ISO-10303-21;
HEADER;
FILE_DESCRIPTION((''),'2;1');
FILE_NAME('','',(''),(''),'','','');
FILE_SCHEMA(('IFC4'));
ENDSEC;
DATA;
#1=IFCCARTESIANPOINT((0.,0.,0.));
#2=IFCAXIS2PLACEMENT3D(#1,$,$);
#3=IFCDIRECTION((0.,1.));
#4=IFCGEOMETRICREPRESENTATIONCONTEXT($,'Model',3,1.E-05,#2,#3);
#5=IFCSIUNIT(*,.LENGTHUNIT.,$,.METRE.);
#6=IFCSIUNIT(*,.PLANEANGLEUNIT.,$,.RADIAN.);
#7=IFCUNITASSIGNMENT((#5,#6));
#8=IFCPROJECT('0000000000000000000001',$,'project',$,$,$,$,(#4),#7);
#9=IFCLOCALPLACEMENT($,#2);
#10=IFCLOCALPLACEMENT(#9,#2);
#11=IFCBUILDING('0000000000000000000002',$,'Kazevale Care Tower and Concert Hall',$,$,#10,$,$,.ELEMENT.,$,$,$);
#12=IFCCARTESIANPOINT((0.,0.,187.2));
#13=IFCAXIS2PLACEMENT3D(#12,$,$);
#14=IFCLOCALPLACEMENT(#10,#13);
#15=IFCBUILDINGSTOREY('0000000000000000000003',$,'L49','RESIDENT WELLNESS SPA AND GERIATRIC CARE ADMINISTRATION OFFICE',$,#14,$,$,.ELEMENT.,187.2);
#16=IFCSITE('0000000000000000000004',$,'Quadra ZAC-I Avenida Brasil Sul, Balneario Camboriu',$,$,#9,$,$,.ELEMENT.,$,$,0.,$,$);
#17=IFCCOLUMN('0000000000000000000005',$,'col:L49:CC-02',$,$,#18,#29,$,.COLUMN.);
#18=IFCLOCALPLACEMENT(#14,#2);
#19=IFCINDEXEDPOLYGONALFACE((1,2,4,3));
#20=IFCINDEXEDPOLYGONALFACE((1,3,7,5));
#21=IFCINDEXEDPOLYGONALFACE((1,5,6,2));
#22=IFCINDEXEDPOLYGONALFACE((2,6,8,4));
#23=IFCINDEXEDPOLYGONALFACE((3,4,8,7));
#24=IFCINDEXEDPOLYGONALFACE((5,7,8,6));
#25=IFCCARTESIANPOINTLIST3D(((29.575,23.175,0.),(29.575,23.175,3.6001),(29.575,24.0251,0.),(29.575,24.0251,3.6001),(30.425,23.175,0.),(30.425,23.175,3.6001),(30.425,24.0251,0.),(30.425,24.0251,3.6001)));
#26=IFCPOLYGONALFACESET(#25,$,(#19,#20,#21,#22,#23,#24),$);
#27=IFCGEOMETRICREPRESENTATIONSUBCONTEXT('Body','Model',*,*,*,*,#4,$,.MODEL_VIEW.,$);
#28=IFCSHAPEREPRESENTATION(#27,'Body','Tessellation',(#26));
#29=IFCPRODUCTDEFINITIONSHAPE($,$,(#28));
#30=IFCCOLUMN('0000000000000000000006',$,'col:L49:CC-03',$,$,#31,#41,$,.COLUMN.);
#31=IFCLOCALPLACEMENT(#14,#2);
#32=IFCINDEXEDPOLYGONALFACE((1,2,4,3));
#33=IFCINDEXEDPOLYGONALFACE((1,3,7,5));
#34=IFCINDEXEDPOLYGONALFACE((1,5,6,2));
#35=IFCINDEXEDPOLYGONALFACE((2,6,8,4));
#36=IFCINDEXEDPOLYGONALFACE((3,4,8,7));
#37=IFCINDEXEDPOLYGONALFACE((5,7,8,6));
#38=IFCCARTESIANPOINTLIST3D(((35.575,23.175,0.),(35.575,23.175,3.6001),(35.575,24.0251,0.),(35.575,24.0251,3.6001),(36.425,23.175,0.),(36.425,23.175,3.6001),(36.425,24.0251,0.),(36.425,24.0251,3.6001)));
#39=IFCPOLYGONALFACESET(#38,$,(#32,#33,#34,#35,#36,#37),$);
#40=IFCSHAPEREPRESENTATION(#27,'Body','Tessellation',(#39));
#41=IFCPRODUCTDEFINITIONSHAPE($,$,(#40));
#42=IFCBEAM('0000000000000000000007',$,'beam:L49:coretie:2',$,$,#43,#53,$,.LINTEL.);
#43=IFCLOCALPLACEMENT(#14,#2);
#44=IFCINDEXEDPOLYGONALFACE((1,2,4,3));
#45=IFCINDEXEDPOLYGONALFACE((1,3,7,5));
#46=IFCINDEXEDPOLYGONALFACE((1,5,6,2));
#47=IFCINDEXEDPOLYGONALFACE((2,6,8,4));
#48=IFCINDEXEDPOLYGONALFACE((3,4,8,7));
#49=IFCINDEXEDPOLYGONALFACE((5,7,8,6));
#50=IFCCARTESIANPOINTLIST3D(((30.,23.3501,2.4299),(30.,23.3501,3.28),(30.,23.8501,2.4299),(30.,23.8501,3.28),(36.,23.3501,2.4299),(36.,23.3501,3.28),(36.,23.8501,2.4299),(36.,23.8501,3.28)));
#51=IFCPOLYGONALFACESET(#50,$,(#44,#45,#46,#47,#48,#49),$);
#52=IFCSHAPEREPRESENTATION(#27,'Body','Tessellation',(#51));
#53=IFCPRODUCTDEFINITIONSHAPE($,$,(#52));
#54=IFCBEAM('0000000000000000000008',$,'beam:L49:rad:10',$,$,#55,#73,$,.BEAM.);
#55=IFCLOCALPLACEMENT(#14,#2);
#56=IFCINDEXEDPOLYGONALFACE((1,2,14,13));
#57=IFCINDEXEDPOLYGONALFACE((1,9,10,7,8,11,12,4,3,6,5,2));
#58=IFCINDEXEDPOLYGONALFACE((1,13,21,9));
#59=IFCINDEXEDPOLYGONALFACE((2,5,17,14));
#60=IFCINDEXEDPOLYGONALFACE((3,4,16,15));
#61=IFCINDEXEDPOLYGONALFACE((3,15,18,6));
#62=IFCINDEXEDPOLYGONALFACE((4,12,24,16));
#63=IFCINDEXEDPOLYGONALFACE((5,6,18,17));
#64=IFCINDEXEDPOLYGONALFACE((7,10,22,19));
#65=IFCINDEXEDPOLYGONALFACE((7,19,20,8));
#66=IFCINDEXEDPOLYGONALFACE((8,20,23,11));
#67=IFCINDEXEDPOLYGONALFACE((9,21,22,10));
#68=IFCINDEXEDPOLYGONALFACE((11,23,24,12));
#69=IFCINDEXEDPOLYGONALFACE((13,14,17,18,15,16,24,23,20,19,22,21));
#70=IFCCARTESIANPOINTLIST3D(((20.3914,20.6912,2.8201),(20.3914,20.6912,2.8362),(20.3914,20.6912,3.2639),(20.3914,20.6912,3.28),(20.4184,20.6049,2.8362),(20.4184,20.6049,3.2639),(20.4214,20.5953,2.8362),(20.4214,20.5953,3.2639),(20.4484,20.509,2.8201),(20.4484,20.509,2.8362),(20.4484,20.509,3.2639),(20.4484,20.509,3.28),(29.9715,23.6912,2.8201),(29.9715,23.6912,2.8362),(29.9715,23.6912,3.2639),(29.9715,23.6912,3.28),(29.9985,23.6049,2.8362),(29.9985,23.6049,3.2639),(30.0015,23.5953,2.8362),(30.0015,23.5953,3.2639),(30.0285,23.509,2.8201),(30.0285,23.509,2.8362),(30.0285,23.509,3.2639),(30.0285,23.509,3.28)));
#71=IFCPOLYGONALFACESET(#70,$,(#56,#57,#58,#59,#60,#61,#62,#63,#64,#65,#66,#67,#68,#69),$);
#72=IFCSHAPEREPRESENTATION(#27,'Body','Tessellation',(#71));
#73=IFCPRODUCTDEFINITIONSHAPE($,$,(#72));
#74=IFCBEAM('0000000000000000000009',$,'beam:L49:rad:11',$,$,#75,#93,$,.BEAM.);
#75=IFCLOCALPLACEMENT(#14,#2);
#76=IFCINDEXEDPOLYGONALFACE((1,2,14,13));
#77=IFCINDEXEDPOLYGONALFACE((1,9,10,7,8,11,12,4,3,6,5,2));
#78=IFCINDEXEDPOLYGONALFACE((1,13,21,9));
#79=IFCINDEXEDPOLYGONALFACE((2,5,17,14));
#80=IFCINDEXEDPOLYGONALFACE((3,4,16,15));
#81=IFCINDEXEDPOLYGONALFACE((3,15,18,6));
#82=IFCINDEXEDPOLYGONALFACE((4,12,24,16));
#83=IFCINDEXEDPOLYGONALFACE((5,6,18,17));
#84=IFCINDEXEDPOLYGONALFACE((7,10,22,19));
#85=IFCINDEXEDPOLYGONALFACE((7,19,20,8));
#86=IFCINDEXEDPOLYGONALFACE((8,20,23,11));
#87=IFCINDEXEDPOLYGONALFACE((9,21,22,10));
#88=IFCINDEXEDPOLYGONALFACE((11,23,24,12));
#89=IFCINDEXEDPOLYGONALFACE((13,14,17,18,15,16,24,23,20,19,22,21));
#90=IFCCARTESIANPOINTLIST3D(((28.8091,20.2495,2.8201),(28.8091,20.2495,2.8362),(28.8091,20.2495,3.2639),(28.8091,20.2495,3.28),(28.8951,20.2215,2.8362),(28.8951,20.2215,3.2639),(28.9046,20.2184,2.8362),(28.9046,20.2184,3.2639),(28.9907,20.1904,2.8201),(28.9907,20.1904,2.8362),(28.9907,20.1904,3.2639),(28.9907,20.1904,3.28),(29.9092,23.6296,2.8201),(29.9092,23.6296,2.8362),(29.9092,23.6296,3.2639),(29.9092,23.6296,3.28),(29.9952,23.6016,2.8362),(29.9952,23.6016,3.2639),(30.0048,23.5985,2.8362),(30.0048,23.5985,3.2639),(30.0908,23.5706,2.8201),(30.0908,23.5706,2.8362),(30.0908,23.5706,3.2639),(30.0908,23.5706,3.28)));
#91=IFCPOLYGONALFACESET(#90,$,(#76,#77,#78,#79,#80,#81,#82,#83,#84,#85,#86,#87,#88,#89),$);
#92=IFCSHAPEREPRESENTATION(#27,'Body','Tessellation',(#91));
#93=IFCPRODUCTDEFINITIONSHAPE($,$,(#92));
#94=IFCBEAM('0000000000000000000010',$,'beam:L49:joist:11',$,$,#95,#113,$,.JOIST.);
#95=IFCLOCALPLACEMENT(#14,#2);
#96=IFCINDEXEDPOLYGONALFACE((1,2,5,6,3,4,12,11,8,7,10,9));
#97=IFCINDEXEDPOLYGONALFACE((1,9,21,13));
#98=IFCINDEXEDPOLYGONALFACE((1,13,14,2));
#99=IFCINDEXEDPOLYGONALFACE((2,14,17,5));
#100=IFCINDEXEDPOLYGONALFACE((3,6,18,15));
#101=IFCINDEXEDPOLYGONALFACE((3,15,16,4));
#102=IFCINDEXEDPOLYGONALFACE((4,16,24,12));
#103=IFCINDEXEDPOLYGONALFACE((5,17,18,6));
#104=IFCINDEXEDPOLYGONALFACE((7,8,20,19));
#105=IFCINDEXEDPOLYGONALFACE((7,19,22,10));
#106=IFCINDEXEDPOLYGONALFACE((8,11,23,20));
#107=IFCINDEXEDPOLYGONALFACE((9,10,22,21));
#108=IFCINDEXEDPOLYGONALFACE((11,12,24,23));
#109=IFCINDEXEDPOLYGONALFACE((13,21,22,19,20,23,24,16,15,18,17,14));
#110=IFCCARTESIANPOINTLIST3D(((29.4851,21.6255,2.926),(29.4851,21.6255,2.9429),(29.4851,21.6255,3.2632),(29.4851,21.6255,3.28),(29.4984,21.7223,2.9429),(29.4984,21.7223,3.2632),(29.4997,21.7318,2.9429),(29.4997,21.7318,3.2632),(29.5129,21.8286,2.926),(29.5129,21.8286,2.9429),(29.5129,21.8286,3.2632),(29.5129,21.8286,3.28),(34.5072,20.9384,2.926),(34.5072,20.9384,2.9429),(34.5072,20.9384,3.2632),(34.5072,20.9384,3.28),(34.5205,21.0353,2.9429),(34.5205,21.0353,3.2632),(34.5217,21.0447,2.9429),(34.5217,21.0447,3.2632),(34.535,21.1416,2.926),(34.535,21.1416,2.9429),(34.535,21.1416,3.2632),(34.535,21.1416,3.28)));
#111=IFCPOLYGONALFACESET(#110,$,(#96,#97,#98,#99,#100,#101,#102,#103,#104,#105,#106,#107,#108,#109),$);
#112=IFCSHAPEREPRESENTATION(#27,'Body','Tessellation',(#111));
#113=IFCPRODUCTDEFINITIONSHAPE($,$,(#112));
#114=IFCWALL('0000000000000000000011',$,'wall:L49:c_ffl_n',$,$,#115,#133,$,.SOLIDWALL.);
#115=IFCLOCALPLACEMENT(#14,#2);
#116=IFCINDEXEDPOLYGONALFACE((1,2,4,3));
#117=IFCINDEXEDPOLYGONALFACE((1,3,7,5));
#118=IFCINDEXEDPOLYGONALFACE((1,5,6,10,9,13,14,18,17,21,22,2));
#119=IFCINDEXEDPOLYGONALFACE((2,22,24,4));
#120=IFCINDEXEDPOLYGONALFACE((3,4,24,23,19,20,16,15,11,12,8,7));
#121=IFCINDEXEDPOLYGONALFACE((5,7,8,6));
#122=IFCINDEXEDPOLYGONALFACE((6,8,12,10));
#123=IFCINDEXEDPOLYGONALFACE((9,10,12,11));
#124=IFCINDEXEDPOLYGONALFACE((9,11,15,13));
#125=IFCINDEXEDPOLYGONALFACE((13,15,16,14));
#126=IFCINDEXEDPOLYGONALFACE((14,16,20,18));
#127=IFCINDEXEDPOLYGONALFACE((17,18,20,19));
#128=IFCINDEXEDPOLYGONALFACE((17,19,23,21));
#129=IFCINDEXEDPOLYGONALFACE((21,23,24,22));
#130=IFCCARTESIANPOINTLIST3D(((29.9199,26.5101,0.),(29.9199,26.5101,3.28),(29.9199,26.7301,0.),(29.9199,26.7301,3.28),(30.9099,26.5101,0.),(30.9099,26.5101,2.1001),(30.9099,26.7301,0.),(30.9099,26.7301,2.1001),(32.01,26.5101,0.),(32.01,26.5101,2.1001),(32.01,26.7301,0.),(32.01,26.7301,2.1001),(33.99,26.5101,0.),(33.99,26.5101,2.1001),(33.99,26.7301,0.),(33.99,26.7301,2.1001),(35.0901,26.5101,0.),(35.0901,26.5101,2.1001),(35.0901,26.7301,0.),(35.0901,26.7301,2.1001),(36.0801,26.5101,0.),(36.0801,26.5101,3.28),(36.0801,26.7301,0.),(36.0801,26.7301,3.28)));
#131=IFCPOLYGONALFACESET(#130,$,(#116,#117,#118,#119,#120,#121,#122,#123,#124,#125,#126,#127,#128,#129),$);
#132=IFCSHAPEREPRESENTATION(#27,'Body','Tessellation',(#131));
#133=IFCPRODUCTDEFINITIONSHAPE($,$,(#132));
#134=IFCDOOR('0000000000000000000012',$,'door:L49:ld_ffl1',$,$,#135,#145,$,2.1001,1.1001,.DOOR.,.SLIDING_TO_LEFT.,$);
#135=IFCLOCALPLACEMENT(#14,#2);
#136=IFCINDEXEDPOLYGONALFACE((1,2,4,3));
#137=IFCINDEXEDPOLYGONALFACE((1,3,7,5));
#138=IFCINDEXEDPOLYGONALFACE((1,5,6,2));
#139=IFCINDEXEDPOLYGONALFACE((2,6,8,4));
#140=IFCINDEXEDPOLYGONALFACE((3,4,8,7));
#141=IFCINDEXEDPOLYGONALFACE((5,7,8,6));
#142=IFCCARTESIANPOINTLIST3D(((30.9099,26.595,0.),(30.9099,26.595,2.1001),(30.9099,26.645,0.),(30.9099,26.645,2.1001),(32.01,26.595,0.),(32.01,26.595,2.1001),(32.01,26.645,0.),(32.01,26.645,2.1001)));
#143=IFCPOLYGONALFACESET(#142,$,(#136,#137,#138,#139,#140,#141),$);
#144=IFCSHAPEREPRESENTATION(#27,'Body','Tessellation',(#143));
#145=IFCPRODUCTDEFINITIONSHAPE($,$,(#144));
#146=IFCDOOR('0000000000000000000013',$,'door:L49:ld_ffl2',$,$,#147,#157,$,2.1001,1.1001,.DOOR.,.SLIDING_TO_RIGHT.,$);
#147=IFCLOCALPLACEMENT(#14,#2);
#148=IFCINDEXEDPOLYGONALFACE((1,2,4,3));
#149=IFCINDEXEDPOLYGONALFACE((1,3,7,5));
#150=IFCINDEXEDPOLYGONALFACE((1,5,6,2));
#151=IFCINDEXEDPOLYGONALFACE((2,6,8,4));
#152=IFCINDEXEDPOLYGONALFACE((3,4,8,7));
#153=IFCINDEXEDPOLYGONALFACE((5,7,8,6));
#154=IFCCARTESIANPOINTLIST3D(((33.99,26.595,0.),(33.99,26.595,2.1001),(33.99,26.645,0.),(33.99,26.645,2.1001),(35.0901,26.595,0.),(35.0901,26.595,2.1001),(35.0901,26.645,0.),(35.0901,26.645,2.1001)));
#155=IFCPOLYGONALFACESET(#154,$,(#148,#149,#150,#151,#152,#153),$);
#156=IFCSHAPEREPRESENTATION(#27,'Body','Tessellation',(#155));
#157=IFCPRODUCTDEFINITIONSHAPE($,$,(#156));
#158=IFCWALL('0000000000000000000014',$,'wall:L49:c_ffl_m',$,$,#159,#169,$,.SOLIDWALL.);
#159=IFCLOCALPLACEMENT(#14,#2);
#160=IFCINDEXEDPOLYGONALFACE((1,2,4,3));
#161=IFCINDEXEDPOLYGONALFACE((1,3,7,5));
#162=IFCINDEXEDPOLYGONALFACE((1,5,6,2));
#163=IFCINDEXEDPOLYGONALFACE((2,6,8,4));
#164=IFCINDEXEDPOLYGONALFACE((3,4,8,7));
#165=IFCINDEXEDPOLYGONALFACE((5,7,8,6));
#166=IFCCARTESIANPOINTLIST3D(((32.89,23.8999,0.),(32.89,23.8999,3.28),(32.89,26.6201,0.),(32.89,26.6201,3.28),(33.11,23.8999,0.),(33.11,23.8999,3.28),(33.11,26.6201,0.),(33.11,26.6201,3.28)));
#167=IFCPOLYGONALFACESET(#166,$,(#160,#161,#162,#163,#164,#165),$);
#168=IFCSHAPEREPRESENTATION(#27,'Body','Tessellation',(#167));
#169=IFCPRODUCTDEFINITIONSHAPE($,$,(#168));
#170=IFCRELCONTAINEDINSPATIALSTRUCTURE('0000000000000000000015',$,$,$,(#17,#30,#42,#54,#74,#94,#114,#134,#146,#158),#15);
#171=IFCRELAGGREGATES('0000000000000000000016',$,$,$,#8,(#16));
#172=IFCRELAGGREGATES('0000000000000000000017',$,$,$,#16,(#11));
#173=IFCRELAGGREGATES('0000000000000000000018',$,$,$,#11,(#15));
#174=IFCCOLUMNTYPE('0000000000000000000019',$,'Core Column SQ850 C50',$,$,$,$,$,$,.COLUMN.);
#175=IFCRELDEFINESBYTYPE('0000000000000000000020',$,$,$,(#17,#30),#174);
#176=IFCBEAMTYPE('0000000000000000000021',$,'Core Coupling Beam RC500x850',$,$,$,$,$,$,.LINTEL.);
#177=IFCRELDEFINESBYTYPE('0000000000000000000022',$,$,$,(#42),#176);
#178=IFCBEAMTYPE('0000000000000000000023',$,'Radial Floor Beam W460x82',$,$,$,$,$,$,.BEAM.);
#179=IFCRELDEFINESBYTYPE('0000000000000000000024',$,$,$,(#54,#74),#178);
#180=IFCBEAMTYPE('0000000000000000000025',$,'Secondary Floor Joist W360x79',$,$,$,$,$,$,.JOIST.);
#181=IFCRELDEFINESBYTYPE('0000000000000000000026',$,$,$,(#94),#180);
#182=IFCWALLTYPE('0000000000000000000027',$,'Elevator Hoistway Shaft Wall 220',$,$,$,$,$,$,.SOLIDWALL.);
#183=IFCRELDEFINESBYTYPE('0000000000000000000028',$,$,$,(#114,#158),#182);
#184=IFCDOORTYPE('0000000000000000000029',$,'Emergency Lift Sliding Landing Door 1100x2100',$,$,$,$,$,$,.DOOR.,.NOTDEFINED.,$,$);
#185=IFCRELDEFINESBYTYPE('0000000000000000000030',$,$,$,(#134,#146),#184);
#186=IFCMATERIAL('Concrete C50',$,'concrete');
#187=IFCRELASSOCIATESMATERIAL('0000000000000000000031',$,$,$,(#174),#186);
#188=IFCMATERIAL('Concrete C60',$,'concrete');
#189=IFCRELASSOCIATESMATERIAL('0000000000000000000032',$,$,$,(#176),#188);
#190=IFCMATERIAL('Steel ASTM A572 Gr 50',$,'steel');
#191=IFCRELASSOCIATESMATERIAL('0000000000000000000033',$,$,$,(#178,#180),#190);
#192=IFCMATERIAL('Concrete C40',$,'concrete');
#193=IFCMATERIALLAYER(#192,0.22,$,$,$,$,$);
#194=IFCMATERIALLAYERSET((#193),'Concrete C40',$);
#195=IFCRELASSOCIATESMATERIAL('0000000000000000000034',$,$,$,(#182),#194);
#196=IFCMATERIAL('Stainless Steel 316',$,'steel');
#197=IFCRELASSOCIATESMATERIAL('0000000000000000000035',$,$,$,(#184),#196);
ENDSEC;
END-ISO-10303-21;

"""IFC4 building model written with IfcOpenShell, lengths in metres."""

from ifc_helpers import new_model, si_unit, direction, frame, frame_2d, origin, origin_2d, place, context, subcontext, project, spatial, rectangle, i_section, extrude, material, layer, layer_set, material_profile, profile_set, type_object, element, fill, save


model = new_model("IFC4")

# Units and contexts
model_context = context("Model", 3, precision=1e-05, world=origin(), true_north=direction((0.0, 1.0)))
body_context = subcontext(model_context, "Body", "Model", "MODEL_VIEW")
ifc_project = project(units=[si_unit("LENGTHUNIT", "METRE"), si_unit("PLANEANGLEUNIT", "RADIAN")], contexts=[model_context])

# Site, building, storey
site_placement = place(None, origin())
site = spatial("IfcSite", under=ifc_project, at=site_placement, Name="Quadra ZAC-I Avenida Brasil Sul, Balneario Camboriu", CompositionType="ELEMENT", RefElevation=0.0)
building_placement = place(site_placement, origin())
building = spatial("IfcBuilding", under=site, at=building_placement, Name="Kazevale Care Tower and Concert Hall", CompositionType="ELEMENT")
storey_placement = place(building_placement, frame((0.0, 0.0, 187.2)))
storey = spatial("IfcBuildingStorey", under=building, at=storey_placement, Name="L49", Description="RESIDENT WELLNESS SPA AND GERIATRIC CARE ADMINISTRATION OFFICE", CompositionType="ELEMENT", Elevation=187.2)

# Columns
ifc_material_1 = material(Name="Concrete C50", Category="concrete")
ifc_material_profile_1 = material_profile(ifc_material_1, rectangle(XDim=0.8501, YDim=0.8501, at=origin_2d()), Name="RC-SQ850")
ifc_profile_set_1 = profile_set([ifc_material_profile_1], Name="Concrete C50")
column_type = type_object("IfcColumnType", Name="Core Column SQ850 C50", PredefinedType="COLUMN", material=ifc_profile_set_1)
for number, where, z_axis, x_axis, name in (
    (1, (30.0, 23.6001, 0.0), (0.0, 0.0, 1.0), (1.0, 0.0, 0.0), "col:L49:CC-02"),
    (2, (36.0, 23.6001, 0.0), (0.0, 0.0, 1.0), (1.0, 0.0, 0.0), "col:L49:CC-03"),
):
    element("IfcColumn", number, at=place(storey_placement, frame(where, z_axis=z_axis, x_axis=x_axis)), inside=storey, type_object=column_type, Name=name, PredefinedType="COLUMN", context=body_context, shape_type="SweptSolid", body=[
        extrude(rectangle(XDim=0.8501, YDim=0.8501, at=origin_2d()), origin(), (0.0, 0.0, 1.0), 3.6001),
    ])

# Beams
ifc_material_2 = material(Name="Concrete C60", Category="concrete")
ifc_material_profile_2 = material_profile(ifc_material_2, rectangle(XDim=0.5, YDim=0.8501, at=origin_2d()), Name="RC-B500x850")
ifc_profile_set_2 = profile_set([ifc_material_profile_2], Name="Concrete C60")
beam_type_1 = type_object("IfcBeamType", Name="Core Coupling Beam RC500x850", PredefinedType="LINTEL", material=ifc_profile_set_2)
beam_1_placement = place(storey_placement, frame((30.0, 23.6001, 2.855), z_axis=(1.0, 0.0, 0.0), x_axis=(0.0, 1.0, 0.0)))
element("IfcBeam", 3, at=beam_1_placement, inside=storey, type_object=beam_type_1, Name="beam:L49:coretie:2", PredefinedType="LINTEL", context=body_context, shape_type="SweptSolid", body=[
    extrude(rectangle(XDim=0.5, YDim=0.8501, at=origin_2d()), origin(), (0.0, 0.0, 1.0), 6.0),
])
ifc_material_3 = material(Name="Steel ASTM A572 Gr 50", Category="steel")
ifc_material_profile_3 = material_profile(ifc_material_3, i_section(OverallWidth=0.1909, OverallDepth=0.46, WebThickness=0.01, FlangeThickness=0.0161, at=origin_2d()), Name="W460x82")
ifc_profile_set_3 = profile_set([ifc_material_profile_3], Name="Steel ASTM A572 Gr 50")
beam_type_2 = type_object("IfcBeamType", Name="Radial Floor Beam W460x82", PredefinedType="BEAM", material=ifc_profile_set_3)
beam_2_placement = place(storey_placement, frame((30.0, 23.6001, 3.05), z_axis=(-0.954303, -0.29884, 0.0), x_axis=(0.29884, -0.954303, 0.0)))
element("IfcBeam", 4, at=beam_2_placement, inside=storey, type_object=beam_type_2, Name="beam:L49:rad:10", PredefinedType="BEAM", context=body_context, shape_type="SweptSolid", body=[
    extrude(i_section(OverallWidth=0.1909, OverallDepth=0.46, WebThickness=0.01, FlangeThickness=0.0161, at=origin_2d()), origin(), (0.0, 0.0, 1.0), 10.0388),
])
beam_3_placement = place(storey_placement, frame((30.0, 23.6001, 3.05), z_axis=(-0.309482, -0.950905, 0.0), x_axis=(0.950905, -0.309482, 0.0)))
element("IfcBeam", 5, at=beam_3_placement, inside=storey, type_object=beam_type_2, Name="beam:L49:rad:11", PredefinedType="BEAM", context=body_context, shape_type="SweptSolid", body=[
    extrude(i_section(OverallWidth=0.1909, OverallDepth=0.46, WebThickness=0.01, FlangeThickness=0.0161, at=origin_2d()), origin(), (0.0, 0.0, 1.0), 3.5547),
])
ifc_material_profile_4 = material_profile(ifc_material_3, i_section(OverallWidth=0.2051, OverallDepth=0.354, WebThickness=0.0095, FlangeThickness=0.0168, at=origin_2d()), Name="W360x79")
ifc_profile_set_4 = profile_set([ifc_material_profile_4], Name="Steel ASTM A572 Gr 50")
beam_type_3 = type_object("IfcBeamType", Name="Secondary Floor Joist W360x79", PredefinedType="JOIST", material=ifc_profile_set_4)
beam_4_placement = place(storey_placement, frame((29.499, 21.7271, 3.103), z_axis=(0.990772, -0.135539, 0.0), x_axis=(0.135539, 0.990772, 0.0)))
element("IfcBeam", 6, at=beam_4_placement, inside=storey, type_object=beam_type_3, Name="beam:L49:joist:11", PredefinedType="JOIST", context=body_context, shape_type="SweptSolid", body=[
    extrude(i_section(OverallWidth=0.2051, OverallDepth=0.354, WebThickness=0.0095, FlangeThickness=0.0168, at=origin_2d()), origin(), (0.0, 0.0, 1.0), 5.0688),
])

# Wall, openings, doors
ifc_material_4 = material(Name="Concrete C40", Category="concrete")
ifc_layer_1 = layer(ifc_material_4, 0.22)
ifc_layer_set_1 = layer_set([ifc_layer_1], Name="Concrete C40")
wall_type_1 = type_object("IfcWallType", Name="Elevator Hoistway Shaft Wall 220", PredefinedType="SOLIDWALL", material=ifc_layer_set_1)
wall_1_placement = place(storey_placement, frame((29.9199, 26.6201, 0.0), z_axis=(0.0, 0.0, 1.0), x_axis=(1.0, 0.0, 0.0)))
wall_1 = element("IfcWall", 7, at=wall_1_placement, inside=storey, type_object=wall_type_1, Name="wall:L49:c_ffl_n", PredefinedType="SOLIDWALL", context=body_context, shape_type="SweptSolid", body=[
    extrude(rectangle(XDim=6.1602, YDim=0.22, at=frame_2d((3.0801, 0.0))), origin(), (0.0, 0.0, 1.0), 3.28),
])
opening_1_placement = place(wall_1_placement, frame((0.99, 0.0, 0.0)))
opening_1 = element("IfcOpeningElement", 8, at=opening_1_placement, cuts=wall_1, PredefinedType="OPENING", context=body_context, shape_type="SweptSolid", body=[
    extrude(rectangle(XDim=1.1001, YDim=2.1001, at=frame_2d((0.55, 1.05))), frame((0.0, 0.1199, 0.0), z_axis=(0.0, -1.0, 0.0), x_axis=(1.0, 0.0, 0.0)), (0.0, 0.0, 1.0), 0.24),
])
opening_2_placement = place(wall_1_placement, frame((4.0701, 0.0, 0.0)))
opening_2 = element("IfcOpeningElement", 9, at=opening_2_placement, cuts=wall_1, PredefinedType="OPENING", context=body_context, shape_type="SweptSolid", body=[
    extrude(rectangle(XDim=1.1001, YDim=2.1001, at=frame_2d((0.55, 1.05))), frame((0.0, 0.1199, 0.0), z_axis=(0.0, -1.0, 0.0), x_axis=(1.0, 0.0, 0.0)), (0.0, 0.0, 1.0), 0.24),
])
ifc_material_5 = material(Name="Stainless Steel 316", Category="steel")
door_type_1 = type_object("IfcDoorType", Name="Emergency Lift Sliding Landing Door 1100x2100", OperationType="NOTDEFINED", PredefinedType="DOOR", material=ifc_material_5)
door_1_placement = place(opening_1_placement, origin())
door_1 = element("IfcDoor", 10, at=door_1_placement, inside=storey, type_object=door_type_1, Name="door:L49:ld_ffl1", OperationType="SLIDING_TO_LEFT", OverallHeight=2.1001, OverallWidth=1.1001, PredefinedType="DOOR", context=body_context, shape_type="SweptSolid", body=[
    extrude(rectangle(XDim=1.1001, YDim=2.1001, at=frame_2d((0.55, 1.05))), frame((0.0, 0.0249, 0.0), z_axis=(0.0, -1.0, 0.0), x_axis=(1.0, 0.0, 0.0)), (0.0, 0.0, 1.0), 0.05),
])
fill(opening_1, door_1)
door_2_placement = place(opening_2_placement, origin())
door_2 = element("IfcDoor", 11, at=door_2_placement, inside=storey, type_object=door_type_1, Name="door:L49:ld_ffl2", OperationType="SLIDING_TO_RIGHT", OverallHeight=2.1001, OverallWidth=1.1001, PredefinedType="DOOR", context=body_context, shape_type="SweptSolid", body=[
    extrude(rectangle(XDim=1.1001, YDim=2.1001, at=frame_2d((0.55, 1.05))), frame((0.0, 0.0249, 0.0), z_axis=(0.0, -1.0, 0.0), x_axis=(1.0, 0.0, 0.0)), (0.0, 0.0, 1.0), 0.05),
])
fill(opening_2, door_2)

# Wall
wall_2_placement = place(storey_placement, frame((33.0, 23.8999, 0.0), z_axis=(0.0, 0.0, 1.0), x_axis=(0.0, 1.0, 0.0)))
element("IfcWall", 12, at=wall_2_placement, inside=storey, type_object=wall_type_1, Name="wall:L49:c_ffl_m", PredefinedType="SOLIDWALL", context=body_context, shape_type="SweptSolid", body=[
    extrude(rectangle(XDim=2.7202, YDim=0.22, at=frame_2d((1.3601, 0.0))), origin(), (0.0, 0.0, 1.0), 3.28),
])

save(model, "model.ifc")
